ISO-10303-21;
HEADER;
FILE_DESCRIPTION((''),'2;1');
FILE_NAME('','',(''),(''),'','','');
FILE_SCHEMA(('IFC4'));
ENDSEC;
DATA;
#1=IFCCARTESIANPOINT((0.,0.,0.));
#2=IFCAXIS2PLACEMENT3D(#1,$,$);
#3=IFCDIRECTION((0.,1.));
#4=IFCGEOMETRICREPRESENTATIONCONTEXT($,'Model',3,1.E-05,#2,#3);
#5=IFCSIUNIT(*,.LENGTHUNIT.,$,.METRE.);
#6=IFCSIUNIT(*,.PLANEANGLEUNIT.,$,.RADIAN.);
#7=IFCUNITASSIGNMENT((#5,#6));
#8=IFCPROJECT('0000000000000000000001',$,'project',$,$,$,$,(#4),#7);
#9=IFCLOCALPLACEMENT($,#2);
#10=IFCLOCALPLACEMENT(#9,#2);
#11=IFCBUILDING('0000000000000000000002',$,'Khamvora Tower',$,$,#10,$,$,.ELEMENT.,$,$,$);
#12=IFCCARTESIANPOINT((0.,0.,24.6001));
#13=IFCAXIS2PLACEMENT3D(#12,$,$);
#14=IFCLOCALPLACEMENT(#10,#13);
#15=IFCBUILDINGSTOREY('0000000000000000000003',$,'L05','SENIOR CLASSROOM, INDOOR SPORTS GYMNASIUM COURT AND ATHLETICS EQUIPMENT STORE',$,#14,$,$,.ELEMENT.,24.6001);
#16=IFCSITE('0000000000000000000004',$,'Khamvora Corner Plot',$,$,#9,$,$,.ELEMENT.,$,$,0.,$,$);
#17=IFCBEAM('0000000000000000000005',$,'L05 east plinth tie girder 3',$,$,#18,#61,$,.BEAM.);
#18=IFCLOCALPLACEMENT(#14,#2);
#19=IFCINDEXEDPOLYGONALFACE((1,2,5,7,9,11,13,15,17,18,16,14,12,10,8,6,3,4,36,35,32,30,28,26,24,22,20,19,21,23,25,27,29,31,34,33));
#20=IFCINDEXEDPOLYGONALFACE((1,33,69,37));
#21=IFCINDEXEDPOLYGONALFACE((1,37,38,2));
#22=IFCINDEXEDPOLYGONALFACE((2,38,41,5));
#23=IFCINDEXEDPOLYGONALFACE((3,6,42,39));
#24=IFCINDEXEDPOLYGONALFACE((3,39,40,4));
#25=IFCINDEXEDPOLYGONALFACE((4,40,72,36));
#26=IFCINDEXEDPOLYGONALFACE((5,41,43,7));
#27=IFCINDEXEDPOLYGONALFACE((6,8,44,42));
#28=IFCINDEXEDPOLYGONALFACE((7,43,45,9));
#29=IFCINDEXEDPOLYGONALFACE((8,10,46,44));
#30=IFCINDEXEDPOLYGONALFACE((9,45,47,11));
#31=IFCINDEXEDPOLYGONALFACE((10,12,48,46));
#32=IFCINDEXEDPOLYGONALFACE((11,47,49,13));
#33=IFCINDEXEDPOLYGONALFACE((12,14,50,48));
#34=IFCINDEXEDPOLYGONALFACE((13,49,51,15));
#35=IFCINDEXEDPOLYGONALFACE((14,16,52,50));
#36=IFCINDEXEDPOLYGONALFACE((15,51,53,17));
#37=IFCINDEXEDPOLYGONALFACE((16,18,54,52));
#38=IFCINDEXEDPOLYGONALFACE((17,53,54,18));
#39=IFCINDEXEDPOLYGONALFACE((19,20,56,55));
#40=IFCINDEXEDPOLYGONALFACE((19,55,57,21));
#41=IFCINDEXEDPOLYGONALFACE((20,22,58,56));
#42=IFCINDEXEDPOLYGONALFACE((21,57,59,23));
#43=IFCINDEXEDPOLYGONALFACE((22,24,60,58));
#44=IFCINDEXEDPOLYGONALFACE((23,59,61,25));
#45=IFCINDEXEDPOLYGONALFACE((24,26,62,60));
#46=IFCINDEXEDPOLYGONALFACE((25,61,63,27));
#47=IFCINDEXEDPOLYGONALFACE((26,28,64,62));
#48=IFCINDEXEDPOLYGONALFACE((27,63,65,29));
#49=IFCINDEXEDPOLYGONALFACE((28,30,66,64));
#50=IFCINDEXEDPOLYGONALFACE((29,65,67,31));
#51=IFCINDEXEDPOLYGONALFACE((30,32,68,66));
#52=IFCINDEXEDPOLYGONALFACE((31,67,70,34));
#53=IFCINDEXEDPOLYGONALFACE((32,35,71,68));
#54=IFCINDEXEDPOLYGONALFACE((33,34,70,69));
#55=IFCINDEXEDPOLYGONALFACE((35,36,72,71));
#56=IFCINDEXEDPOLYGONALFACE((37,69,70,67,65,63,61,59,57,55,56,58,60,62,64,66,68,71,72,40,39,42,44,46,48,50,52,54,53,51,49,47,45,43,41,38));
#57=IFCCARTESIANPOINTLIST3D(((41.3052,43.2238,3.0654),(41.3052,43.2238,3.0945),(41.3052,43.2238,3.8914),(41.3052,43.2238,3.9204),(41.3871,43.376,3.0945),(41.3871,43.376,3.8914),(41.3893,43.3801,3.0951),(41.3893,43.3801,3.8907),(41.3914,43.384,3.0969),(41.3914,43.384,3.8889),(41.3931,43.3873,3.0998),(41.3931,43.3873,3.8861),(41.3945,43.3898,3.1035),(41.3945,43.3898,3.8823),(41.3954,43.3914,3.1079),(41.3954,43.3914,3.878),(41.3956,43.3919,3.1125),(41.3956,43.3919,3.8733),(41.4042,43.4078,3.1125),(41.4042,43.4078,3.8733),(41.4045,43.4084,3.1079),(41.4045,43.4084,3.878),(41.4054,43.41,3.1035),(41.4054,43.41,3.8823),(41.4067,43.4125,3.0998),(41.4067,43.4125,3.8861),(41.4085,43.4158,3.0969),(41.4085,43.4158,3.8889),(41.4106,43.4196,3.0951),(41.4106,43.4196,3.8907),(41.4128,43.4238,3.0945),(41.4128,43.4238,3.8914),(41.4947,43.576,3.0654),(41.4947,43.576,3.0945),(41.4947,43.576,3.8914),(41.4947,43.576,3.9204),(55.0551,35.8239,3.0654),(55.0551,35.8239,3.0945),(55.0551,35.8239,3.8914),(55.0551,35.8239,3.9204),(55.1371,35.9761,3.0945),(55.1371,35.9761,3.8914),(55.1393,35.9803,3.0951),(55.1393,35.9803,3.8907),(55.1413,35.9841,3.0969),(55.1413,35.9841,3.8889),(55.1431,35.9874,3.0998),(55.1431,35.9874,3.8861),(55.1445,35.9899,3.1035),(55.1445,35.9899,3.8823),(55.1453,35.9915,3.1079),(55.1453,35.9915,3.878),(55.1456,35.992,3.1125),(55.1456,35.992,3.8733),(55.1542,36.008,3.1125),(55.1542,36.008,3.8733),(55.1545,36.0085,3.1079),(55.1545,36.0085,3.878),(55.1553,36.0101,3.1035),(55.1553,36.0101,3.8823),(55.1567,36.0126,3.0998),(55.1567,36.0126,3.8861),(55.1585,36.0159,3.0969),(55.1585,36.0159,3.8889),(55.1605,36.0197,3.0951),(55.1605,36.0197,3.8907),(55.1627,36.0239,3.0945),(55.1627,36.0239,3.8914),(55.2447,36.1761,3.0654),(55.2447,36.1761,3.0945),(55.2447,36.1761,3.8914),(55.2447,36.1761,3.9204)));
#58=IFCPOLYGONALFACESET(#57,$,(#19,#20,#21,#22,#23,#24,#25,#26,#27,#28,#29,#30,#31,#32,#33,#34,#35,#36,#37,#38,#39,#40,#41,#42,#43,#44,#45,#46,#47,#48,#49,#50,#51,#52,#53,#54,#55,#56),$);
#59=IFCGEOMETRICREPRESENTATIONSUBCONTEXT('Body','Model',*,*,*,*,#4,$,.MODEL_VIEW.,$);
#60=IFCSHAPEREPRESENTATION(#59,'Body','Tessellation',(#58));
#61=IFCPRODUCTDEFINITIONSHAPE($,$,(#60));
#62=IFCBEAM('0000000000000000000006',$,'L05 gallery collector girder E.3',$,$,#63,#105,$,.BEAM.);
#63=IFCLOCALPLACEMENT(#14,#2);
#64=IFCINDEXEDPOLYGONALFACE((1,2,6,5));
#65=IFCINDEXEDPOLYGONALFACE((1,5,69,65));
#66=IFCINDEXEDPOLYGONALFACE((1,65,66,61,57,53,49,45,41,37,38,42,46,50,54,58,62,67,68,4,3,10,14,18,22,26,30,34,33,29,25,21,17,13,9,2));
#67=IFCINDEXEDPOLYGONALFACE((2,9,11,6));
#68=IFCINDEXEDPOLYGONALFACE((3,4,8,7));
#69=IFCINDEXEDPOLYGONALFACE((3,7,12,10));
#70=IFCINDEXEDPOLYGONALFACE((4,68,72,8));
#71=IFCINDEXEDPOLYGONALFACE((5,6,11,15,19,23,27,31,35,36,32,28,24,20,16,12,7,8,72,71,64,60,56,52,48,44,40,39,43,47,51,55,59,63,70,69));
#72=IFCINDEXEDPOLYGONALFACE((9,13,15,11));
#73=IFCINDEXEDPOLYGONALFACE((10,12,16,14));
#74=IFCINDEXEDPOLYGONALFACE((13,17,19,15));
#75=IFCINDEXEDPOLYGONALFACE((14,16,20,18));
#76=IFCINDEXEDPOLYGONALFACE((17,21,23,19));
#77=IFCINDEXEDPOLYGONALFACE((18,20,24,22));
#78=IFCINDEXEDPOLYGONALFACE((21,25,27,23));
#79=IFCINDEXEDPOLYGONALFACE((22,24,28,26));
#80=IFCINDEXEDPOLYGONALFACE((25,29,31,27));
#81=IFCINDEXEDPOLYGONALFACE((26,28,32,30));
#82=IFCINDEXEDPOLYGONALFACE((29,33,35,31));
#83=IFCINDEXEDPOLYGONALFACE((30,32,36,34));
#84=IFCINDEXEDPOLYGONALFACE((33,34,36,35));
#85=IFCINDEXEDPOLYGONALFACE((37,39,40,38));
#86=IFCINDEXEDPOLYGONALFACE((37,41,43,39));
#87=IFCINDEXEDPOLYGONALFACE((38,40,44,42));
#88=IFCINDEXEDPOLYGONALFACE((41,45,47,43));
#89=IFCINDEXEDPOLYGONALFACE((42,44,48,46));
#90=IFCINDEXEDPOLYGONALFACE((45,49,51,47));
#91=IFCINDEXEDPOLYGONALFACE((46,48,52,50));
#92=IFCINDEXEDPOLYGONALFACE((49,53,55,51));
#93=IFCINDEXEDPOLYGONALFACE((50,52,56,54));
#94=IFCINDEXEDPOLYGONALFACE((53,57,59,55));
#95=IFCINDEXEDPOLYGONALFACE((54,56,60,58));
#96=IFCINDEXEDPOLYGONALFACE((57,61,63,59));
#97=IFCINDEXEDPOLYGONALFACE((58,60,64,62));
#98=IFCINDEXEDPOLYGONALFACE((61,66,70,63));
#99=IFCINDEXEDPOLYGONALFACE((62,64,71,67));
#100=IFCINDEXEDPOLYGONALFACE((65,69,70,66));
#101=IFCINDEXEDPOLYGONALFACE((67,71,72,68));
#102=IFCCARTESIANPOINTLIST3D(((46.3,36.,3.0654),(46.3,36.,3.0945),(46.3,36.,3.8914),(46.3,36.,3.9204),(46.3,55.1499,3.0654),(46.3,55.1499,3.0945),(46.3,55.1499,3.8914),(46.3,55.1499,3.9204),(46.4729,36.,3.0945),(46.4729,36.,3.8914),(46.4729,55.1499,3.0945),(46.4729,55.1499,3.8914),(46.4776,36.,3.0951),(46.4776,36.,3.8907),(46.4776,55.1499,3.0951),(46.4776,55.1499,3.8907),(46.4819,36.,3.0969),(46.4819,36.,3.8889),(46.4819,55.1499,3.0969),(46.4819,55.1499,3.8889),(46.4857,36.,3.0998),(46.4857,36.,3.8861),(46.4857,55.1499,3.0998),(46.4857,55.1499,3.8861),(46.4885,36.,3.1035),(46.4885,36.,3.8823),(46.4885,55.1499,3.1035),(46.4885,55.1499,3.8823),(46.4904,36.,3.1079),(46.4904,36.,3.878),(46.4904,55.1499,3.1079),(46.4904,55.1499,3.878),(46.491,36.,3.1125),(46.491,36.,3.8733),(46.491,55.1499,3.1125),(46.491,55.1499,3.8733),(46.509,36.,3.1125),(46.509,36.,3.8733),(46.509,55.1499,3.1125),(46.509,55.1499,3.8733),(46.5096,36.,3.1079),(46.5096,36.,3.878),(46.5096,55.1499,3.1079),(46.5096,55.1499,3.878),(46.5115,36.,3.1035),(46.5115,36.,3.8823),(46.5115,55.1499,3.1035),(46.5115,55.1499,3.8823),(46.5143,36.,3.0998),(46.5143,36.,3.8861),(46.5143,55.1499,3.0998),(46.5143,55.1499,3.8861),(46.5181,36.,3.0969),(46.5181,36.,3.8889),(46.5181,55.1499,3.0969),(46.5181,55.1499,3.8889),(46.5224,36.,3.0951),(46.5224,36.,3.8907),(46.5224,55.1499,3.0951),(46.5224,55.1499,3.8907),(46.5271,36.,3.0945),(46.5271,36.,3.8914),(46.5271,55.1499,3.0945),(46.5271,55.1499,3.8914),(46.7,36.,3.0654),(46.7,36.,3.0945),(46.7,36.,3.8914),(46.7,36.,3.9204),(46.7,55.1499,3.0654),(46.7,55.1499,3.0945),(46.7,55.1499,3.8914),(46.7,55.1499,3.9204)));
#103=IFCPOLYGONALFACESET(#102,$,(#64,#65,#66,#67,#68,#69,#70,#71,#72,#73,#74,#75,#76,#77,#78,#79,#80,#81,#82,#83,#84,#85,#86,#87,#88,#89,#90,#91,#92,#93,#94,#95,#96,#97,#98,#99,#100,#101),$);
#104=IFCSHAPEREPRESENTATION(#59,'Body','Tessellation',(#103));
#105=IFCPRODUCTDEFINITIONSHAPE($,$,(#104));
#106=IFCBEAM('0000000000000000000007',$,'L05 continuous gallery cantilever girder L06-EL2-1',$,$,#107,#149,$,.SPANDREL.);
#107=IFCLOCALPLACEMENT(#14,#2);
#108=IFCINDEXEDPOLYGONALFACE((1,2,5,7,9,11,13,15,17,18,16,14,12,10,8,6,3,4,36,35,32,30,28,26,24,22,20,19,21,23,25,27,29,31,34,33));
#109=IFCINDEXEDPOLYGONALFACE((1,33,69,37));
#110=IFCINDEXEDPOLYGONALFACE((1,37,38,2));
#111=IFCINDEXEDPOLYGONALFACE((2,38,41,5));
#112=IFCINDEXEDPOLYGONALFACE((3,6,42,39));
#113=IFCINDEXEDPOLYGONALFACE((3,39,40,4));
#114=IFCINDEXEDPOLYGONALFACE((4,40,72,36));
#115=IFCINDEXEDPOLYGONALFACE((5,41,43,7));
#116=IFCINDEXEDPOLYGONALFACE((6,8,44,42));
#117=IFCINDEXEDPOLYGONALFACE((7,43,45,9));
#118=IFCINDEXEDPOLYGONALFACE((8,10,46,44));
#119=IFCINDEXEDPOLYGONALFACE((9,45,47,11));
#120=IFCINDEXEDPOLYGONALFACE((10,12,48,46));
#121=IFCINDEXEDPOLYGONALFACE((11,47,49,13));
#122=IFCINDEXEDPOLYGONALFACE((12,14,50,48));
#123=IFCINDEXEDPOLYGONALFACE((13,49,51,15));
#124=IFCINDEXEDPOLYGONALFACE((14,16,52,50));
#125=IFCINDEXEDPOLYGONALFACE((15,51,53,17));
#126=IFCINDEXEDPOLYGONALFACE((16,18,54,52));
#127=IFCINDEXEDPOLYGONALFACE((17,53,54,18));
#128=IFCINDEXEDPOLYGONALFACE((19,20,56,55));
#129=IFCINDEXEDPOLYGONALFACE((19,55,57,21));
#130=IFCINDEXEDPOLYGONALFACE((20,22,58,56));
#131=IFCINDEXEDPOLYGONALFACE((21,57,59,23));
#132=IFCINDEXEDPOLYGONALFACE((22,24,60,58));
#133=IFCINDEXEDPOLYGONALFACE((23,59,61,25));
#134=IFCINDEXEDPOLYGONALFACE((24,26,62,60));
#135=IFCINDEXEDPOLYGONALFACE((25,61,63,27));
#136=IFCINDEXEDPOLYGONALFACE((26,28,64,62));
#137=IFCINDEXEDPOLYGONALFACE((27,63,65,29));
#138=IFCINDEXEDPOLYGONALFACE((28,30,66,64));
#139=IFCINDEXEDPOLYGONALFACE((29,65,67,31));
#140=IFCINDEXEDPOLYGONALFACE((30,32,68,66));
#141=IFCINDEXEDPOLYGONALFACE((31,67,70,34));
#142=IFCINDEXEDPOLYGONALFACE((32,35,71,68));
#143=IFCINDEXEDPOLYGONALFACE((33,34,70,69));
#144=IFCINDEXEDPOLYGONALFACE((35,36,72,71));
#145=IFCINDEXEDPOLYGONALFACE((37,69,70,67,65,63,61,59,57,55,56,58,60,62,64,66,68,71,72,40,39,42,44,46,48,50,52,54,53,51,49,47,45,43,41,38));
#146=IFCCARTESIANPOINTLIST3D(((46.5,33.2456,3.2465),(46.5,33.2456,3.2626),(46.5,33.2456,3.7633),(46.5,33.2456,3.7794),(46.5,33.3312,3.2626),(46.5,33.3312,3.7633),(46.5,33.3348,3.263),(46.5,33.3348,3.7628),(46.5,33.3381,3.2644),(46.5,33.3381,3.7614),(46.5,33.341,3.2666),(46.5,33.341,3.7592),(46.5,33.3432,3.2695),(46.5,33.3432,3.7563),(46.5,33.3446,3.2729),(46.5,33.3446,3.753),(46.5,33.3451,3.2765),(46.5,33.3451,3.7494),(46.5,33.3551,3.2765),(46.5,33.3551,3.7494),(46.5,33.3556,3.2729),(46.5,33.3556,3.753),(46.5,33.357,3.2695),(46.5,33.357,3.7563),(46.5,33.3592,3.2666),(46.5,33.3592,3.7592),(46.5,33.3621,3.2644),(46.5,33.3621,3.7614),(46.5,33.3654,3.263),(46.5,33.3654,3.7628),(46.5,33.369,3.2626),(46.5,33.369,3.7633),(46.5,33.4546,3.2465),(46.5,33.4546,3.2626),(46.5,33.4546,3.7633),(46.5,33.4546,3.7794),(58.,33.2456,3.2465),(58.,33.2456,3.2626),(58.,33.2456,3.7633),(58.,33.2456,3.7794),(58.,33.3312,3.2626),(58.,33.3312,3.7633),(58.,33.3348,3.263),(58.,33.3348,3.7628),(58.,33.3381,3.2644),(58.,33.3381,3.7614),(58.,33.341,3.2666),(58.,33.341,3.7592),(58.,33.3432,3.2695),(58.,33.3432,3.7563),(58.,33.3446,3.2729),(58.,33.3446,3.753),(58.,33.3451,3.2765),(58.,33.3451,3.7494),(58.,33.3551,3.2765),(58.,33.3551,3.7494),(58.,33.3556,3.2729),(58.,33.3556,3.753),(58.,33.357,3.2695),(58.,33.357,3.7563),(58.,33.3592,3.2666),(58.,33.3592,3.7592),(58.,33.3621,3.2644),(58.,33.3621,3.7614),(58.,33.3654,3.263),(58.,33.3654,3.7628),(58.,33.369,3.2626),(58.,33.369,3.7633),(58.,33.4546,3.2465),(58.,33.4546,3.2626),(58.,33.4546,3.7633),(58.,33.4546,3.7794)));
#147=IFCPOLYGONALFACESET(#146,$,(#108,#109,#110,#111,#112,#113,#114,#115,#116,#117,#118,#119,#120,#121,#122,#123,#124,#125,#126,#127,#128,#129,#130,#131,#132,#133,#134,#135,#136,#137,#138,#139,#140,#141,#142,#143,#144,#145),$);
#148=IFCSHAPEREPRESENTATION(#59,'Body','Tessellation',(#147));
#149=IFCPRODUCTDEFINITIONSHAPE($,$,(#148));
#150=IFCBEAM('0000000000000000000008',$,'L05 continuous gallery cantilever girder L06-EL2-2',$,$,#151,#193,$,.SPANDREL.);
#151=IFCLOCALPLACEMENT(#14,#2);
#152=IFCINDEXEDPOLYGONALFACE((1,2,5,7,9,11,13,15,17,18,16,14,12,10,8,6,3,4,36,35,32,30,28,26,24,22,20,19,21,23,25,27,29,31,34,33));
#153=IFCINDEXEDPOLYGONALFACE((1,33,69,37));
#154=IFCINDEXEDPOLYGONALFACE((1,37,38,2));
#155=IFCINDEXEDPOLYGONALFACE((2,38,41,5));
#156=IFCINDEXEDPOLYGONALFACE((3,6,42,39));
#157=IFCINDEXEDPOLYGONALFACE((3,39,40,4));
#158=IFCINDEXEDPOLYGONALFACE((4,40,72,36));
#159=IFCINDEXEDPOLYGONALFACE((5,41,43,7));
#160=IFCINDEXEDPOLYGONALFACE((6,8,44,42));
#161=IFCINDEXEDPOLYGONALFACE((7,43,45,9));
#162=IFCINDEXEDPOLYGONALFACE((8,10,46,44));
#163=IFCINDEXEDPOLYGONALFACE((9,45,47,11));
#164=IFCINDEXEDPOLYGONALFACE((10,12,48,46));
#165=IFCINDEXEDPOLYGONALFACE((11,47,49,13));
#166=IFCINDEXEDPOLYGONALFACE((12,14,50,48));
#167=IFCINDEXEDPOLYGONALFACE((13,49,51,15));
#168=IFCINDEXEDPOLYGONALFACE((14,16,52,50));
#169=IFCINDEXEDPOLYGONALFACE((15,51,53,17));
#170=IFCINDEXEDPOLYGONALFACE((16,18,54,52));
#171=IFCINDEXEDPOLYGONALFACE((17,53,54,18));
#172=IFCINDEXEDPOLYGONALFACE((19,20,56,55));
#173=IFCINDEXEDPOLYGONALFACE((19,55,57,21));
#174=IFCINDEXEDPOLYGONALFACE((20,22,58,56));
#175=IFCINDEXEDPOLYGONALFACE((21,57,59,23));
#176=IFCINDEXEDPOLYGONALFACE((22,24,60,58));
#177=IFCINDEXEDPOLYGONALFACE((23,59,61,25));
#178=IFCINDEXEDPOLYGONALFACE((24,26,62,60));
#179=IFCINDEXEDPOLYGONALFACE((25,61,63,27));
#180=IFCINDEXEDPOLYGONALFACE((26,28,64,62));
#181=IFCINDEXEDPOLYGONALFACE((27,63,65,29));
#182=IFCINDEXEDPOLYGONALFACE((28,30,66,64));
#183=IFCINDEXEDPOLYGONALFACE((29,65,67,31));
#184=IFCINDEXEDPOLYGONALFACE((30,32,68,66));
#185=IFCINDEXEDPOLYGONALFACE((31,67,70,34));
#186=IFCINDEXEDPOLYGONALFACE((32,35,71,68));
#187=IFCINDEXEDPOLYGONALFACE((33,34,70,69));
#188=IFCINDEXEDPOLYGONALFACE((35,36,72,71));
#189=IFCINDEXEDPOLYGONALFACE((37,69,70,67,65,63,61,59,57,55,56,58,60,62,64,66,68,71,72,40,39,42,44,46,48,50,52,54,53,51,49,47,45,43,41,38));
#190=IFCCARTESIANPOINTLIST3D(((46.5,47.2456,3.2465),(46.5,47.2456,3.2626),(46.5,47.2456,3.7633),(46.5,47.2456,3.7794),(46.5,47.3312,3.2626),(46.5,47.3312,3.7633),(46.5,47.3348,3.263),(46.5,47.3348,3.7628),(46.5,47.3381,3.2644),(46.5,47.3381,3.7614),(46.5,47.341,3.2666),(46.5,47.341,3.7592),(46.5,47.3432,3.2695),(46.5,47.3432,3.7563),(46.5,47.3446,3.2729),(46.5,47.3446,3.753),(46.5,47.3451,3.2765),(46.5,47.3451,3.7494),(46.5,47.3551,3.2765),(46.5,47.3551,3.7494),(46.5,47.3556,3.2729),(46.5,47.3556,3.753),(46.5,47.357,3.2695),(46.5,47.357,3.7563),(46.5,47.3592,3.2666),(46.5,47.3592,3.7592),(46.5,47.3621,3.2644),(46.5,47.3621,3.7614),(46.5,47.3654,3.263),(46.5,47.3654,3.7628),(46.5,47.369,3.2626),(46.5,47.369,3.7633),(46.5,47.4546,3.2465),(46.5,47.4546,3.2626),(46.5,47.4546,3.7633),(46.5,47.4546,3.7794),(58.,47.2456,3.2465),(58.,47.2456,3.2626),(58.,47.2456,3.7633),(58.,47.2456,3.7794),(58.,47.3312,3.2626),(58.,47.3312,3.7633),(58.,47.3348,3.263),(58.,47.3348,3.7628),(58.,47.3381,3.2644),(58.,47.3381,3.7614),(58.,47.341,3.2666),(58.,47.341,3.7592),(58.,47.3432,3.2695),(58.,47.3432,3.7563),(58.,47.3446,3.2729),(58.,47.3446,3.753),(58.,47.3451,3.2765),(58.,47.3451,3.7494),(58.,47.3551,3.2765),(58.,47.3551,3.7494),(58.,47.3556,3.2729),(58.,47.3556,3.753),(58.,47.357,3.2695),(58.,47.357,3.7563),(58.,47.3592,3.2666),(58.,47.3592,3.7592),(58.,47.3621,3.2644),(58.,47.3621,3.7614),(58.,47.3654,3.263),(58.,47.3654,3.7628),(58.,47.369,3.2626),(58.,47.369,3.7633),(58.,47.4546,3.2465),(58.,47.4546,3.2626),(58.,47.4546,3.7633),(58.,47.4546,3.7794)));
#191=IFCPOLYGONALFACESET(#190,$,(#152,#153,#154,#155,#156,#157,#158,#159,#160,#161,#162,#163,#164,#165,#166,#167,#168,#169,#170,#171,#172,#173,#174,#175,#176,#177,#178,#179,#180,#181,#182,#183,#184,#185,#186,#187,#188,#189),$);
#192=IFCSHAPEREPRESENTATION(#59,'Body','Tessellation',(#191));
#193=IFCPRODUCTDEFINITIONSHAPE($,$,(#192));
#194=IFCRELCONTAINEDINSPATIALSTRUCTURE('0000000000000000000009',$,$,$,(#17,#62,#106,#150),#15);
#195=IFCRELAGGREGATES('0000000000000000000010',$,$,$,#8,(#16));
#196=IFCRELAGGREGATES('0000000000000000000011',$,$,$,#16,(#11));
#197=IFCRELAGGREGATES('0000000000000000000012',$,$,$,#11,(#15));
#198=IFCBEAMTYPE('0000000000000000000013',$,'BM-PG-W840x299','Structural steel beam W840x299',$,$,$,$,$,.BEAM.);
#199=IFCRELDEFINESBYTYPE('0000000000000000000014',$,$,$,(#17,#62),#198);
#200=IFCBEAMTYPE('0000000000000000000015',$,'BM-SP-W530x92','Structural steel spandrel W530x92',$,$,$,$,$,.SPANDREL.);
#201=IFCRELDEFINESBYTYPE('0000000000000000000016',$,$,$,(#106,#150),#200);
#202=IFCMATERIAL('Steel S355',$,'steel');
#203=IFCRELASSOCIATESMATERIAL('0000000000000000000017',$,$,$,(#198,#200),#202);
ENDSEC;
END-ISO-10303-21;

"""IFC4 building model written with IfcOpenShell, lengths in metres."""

from ifc_helpers import new_model, si_unit, direction, frame, origin, origin_2d, place, context, subcontext, project, spatial, i_section, extrude, material, material_profile, profile_set, type_object, element, save


model = new_model("IFC4")

# Units and contexts
model_context = context("Model", 3, precision=1e-05, world=origin(), true_north=direction((0.0, 1.0)))
body_context = subcontext(model_context, "Body", "Model", "MODEL_VIEW")
ifc_project = project(units=[si_unit("LENGTHUNIT", "METRE"), si_unit("PLANEANGLEUNIT", "RADIAN")], contexts=[model_context])

# Site, building, storey
site_placement = place(None, origin())
site = spatial("IfcSite", under=ifc_project, at=site_placement, Name="Khamvora Corner Plot", CompositionType="ELEMENT", RefElevation=0.0)
building_placement = place(site_placement, origin())
building = spatial("IfcBuilding", under=site, at=building_placement, Name="Khamvora Tower", CompositionType="ELEMENT")
storey_placement = place(building_placement, frame((0.0, 0.0, 24.6001)))
storey = spatial("IfcBuildingStorey", under=building, at=storey_placement, Name="L05", Description="SENIOR CLASSROOM, INDOOR SPORTS GYMNASIUM COURT AND ATHLETICS EQUIPMENT STORE", CompositionType="ELEMENT", Elevation=24.6001)

# Beams
ifc_material_1 = material(Name="Steel S355", Category="steel")
ifc_material_profile_1 = material_profile(ifc_material_1, i_section(OverallWidth=0.3999, OverallDepth=0.855, WebThickness=0.0181, FlangeThickness=0.0291, FilletRadius=0.0181, at=origin_2d()), Name="W840x299")
ifc_profile_set_1 = profile_set([ifc_material_profile_1], Name="Steel S355")
beam_type_1 = type_object("IfcBeamType", Name="BM-PG-W840x299", Description="Structural steel beam W840x299", PredefinedType="BEAM", material=ifc_profile_set_1)
beam_1_placement = place(storey_placement, frame((55.1499, 36.0, 3.4929), z_axis=(-0.880577, 0.473904, 0.0), x_axis=(-0.473904, -0.880577, 0.0)))
element("IfcBeam", 1, at=beam_1_placement, inside=storey, type_object=beam_type_1, Name="L05 east plinth tie girder 3", PredefinedType="BEAM", context=body_context, shape_type="SweptSolid", body=[
    extrude(i_section(OverallWidth=0.3999, OverallDepth=0.855, WebThickness=0.0181, FlangeThickness=0.0291, FilletRadius=0.0181, at=origin_2d()), origin(), (0.0, 0.0, 1.0), 15.6147),
])
beam_2_placement = place(storey_placement, frame((46.5, 36.0, 3.4929), z_axis=(0.0, 1.0, 0.0), x_axis=(-1.0, 0.0, 0.0)))
element("IfcBeam", 2, at=beam_2_placement, inside=storey, type_object=beam_type_1, Name="L05 gallery collector girder E.3", PredefinedType="BEAM", context=body_context, shape_type="SweptSolid", body=[
    extrude(i_section(OverallWidth=0.3999, OverallDepth=0.855, WebThickness=0.0181, FlangeThickness=0.0291, FilletRadius=0.0181, at=origin_2d()), origin(), (0.0, 0.0, 1.0), 19.1499),
])
ifc_material_profile_2 = material_profile(ifc_material_1, i_section(OverallWidth=0.209, OverallDepth=0.533, WebThickness=0.01, FlangeThickness=0.0161, FilletRadius=0.0139, at=origin_2d()), Name="W530x92")
ifc_profile_set_2 = profile_set([ifc_material_profile_2], Name="Steel S355")
beam_type_2 = type_object("IfcBeamType", Name="BM-SP-W530x92", Description="Structural steel spandrel W530x92", PredefinedType="SPANDREL", material=ifc_profile_set_2)
for number, where, z_axis, x_axis, name in (
    (3, (46.5, 33.3501, 3.5129), (1.0, 0.0, 0.0), (0.0, 1.0, 0.0), "L05 continuous gallery cantilever girder L06-EL2-1"),
    (4, (46.5, 47.3501, 3.5129), (1.0, 0.0, 0.0), (0.0, 1.0, 0.0), "L05 continuous gallery cantilever girder L06-EL2-2"),
):
    element("IfcBeam", number, at=place(storey_placement, frame(where, z_axis=z_axis, x_axis=x_axis)), inside=storey, type_object=beam_type_2, Name=name, PredefinedType="SPANDREL", context=body_context, shape_type="SweptSolid", body=[
        extrude(i_section(OverallWidth=0.209, OverallDepth=0.533, WebThickness=0.01, FlangeThickness=0.0161, FilletRadius=0.0139, at=origin_2d()), origin(), (0.0, 0.0, 1.0), 11.5),
    ])

save(model, "model.ifc")
